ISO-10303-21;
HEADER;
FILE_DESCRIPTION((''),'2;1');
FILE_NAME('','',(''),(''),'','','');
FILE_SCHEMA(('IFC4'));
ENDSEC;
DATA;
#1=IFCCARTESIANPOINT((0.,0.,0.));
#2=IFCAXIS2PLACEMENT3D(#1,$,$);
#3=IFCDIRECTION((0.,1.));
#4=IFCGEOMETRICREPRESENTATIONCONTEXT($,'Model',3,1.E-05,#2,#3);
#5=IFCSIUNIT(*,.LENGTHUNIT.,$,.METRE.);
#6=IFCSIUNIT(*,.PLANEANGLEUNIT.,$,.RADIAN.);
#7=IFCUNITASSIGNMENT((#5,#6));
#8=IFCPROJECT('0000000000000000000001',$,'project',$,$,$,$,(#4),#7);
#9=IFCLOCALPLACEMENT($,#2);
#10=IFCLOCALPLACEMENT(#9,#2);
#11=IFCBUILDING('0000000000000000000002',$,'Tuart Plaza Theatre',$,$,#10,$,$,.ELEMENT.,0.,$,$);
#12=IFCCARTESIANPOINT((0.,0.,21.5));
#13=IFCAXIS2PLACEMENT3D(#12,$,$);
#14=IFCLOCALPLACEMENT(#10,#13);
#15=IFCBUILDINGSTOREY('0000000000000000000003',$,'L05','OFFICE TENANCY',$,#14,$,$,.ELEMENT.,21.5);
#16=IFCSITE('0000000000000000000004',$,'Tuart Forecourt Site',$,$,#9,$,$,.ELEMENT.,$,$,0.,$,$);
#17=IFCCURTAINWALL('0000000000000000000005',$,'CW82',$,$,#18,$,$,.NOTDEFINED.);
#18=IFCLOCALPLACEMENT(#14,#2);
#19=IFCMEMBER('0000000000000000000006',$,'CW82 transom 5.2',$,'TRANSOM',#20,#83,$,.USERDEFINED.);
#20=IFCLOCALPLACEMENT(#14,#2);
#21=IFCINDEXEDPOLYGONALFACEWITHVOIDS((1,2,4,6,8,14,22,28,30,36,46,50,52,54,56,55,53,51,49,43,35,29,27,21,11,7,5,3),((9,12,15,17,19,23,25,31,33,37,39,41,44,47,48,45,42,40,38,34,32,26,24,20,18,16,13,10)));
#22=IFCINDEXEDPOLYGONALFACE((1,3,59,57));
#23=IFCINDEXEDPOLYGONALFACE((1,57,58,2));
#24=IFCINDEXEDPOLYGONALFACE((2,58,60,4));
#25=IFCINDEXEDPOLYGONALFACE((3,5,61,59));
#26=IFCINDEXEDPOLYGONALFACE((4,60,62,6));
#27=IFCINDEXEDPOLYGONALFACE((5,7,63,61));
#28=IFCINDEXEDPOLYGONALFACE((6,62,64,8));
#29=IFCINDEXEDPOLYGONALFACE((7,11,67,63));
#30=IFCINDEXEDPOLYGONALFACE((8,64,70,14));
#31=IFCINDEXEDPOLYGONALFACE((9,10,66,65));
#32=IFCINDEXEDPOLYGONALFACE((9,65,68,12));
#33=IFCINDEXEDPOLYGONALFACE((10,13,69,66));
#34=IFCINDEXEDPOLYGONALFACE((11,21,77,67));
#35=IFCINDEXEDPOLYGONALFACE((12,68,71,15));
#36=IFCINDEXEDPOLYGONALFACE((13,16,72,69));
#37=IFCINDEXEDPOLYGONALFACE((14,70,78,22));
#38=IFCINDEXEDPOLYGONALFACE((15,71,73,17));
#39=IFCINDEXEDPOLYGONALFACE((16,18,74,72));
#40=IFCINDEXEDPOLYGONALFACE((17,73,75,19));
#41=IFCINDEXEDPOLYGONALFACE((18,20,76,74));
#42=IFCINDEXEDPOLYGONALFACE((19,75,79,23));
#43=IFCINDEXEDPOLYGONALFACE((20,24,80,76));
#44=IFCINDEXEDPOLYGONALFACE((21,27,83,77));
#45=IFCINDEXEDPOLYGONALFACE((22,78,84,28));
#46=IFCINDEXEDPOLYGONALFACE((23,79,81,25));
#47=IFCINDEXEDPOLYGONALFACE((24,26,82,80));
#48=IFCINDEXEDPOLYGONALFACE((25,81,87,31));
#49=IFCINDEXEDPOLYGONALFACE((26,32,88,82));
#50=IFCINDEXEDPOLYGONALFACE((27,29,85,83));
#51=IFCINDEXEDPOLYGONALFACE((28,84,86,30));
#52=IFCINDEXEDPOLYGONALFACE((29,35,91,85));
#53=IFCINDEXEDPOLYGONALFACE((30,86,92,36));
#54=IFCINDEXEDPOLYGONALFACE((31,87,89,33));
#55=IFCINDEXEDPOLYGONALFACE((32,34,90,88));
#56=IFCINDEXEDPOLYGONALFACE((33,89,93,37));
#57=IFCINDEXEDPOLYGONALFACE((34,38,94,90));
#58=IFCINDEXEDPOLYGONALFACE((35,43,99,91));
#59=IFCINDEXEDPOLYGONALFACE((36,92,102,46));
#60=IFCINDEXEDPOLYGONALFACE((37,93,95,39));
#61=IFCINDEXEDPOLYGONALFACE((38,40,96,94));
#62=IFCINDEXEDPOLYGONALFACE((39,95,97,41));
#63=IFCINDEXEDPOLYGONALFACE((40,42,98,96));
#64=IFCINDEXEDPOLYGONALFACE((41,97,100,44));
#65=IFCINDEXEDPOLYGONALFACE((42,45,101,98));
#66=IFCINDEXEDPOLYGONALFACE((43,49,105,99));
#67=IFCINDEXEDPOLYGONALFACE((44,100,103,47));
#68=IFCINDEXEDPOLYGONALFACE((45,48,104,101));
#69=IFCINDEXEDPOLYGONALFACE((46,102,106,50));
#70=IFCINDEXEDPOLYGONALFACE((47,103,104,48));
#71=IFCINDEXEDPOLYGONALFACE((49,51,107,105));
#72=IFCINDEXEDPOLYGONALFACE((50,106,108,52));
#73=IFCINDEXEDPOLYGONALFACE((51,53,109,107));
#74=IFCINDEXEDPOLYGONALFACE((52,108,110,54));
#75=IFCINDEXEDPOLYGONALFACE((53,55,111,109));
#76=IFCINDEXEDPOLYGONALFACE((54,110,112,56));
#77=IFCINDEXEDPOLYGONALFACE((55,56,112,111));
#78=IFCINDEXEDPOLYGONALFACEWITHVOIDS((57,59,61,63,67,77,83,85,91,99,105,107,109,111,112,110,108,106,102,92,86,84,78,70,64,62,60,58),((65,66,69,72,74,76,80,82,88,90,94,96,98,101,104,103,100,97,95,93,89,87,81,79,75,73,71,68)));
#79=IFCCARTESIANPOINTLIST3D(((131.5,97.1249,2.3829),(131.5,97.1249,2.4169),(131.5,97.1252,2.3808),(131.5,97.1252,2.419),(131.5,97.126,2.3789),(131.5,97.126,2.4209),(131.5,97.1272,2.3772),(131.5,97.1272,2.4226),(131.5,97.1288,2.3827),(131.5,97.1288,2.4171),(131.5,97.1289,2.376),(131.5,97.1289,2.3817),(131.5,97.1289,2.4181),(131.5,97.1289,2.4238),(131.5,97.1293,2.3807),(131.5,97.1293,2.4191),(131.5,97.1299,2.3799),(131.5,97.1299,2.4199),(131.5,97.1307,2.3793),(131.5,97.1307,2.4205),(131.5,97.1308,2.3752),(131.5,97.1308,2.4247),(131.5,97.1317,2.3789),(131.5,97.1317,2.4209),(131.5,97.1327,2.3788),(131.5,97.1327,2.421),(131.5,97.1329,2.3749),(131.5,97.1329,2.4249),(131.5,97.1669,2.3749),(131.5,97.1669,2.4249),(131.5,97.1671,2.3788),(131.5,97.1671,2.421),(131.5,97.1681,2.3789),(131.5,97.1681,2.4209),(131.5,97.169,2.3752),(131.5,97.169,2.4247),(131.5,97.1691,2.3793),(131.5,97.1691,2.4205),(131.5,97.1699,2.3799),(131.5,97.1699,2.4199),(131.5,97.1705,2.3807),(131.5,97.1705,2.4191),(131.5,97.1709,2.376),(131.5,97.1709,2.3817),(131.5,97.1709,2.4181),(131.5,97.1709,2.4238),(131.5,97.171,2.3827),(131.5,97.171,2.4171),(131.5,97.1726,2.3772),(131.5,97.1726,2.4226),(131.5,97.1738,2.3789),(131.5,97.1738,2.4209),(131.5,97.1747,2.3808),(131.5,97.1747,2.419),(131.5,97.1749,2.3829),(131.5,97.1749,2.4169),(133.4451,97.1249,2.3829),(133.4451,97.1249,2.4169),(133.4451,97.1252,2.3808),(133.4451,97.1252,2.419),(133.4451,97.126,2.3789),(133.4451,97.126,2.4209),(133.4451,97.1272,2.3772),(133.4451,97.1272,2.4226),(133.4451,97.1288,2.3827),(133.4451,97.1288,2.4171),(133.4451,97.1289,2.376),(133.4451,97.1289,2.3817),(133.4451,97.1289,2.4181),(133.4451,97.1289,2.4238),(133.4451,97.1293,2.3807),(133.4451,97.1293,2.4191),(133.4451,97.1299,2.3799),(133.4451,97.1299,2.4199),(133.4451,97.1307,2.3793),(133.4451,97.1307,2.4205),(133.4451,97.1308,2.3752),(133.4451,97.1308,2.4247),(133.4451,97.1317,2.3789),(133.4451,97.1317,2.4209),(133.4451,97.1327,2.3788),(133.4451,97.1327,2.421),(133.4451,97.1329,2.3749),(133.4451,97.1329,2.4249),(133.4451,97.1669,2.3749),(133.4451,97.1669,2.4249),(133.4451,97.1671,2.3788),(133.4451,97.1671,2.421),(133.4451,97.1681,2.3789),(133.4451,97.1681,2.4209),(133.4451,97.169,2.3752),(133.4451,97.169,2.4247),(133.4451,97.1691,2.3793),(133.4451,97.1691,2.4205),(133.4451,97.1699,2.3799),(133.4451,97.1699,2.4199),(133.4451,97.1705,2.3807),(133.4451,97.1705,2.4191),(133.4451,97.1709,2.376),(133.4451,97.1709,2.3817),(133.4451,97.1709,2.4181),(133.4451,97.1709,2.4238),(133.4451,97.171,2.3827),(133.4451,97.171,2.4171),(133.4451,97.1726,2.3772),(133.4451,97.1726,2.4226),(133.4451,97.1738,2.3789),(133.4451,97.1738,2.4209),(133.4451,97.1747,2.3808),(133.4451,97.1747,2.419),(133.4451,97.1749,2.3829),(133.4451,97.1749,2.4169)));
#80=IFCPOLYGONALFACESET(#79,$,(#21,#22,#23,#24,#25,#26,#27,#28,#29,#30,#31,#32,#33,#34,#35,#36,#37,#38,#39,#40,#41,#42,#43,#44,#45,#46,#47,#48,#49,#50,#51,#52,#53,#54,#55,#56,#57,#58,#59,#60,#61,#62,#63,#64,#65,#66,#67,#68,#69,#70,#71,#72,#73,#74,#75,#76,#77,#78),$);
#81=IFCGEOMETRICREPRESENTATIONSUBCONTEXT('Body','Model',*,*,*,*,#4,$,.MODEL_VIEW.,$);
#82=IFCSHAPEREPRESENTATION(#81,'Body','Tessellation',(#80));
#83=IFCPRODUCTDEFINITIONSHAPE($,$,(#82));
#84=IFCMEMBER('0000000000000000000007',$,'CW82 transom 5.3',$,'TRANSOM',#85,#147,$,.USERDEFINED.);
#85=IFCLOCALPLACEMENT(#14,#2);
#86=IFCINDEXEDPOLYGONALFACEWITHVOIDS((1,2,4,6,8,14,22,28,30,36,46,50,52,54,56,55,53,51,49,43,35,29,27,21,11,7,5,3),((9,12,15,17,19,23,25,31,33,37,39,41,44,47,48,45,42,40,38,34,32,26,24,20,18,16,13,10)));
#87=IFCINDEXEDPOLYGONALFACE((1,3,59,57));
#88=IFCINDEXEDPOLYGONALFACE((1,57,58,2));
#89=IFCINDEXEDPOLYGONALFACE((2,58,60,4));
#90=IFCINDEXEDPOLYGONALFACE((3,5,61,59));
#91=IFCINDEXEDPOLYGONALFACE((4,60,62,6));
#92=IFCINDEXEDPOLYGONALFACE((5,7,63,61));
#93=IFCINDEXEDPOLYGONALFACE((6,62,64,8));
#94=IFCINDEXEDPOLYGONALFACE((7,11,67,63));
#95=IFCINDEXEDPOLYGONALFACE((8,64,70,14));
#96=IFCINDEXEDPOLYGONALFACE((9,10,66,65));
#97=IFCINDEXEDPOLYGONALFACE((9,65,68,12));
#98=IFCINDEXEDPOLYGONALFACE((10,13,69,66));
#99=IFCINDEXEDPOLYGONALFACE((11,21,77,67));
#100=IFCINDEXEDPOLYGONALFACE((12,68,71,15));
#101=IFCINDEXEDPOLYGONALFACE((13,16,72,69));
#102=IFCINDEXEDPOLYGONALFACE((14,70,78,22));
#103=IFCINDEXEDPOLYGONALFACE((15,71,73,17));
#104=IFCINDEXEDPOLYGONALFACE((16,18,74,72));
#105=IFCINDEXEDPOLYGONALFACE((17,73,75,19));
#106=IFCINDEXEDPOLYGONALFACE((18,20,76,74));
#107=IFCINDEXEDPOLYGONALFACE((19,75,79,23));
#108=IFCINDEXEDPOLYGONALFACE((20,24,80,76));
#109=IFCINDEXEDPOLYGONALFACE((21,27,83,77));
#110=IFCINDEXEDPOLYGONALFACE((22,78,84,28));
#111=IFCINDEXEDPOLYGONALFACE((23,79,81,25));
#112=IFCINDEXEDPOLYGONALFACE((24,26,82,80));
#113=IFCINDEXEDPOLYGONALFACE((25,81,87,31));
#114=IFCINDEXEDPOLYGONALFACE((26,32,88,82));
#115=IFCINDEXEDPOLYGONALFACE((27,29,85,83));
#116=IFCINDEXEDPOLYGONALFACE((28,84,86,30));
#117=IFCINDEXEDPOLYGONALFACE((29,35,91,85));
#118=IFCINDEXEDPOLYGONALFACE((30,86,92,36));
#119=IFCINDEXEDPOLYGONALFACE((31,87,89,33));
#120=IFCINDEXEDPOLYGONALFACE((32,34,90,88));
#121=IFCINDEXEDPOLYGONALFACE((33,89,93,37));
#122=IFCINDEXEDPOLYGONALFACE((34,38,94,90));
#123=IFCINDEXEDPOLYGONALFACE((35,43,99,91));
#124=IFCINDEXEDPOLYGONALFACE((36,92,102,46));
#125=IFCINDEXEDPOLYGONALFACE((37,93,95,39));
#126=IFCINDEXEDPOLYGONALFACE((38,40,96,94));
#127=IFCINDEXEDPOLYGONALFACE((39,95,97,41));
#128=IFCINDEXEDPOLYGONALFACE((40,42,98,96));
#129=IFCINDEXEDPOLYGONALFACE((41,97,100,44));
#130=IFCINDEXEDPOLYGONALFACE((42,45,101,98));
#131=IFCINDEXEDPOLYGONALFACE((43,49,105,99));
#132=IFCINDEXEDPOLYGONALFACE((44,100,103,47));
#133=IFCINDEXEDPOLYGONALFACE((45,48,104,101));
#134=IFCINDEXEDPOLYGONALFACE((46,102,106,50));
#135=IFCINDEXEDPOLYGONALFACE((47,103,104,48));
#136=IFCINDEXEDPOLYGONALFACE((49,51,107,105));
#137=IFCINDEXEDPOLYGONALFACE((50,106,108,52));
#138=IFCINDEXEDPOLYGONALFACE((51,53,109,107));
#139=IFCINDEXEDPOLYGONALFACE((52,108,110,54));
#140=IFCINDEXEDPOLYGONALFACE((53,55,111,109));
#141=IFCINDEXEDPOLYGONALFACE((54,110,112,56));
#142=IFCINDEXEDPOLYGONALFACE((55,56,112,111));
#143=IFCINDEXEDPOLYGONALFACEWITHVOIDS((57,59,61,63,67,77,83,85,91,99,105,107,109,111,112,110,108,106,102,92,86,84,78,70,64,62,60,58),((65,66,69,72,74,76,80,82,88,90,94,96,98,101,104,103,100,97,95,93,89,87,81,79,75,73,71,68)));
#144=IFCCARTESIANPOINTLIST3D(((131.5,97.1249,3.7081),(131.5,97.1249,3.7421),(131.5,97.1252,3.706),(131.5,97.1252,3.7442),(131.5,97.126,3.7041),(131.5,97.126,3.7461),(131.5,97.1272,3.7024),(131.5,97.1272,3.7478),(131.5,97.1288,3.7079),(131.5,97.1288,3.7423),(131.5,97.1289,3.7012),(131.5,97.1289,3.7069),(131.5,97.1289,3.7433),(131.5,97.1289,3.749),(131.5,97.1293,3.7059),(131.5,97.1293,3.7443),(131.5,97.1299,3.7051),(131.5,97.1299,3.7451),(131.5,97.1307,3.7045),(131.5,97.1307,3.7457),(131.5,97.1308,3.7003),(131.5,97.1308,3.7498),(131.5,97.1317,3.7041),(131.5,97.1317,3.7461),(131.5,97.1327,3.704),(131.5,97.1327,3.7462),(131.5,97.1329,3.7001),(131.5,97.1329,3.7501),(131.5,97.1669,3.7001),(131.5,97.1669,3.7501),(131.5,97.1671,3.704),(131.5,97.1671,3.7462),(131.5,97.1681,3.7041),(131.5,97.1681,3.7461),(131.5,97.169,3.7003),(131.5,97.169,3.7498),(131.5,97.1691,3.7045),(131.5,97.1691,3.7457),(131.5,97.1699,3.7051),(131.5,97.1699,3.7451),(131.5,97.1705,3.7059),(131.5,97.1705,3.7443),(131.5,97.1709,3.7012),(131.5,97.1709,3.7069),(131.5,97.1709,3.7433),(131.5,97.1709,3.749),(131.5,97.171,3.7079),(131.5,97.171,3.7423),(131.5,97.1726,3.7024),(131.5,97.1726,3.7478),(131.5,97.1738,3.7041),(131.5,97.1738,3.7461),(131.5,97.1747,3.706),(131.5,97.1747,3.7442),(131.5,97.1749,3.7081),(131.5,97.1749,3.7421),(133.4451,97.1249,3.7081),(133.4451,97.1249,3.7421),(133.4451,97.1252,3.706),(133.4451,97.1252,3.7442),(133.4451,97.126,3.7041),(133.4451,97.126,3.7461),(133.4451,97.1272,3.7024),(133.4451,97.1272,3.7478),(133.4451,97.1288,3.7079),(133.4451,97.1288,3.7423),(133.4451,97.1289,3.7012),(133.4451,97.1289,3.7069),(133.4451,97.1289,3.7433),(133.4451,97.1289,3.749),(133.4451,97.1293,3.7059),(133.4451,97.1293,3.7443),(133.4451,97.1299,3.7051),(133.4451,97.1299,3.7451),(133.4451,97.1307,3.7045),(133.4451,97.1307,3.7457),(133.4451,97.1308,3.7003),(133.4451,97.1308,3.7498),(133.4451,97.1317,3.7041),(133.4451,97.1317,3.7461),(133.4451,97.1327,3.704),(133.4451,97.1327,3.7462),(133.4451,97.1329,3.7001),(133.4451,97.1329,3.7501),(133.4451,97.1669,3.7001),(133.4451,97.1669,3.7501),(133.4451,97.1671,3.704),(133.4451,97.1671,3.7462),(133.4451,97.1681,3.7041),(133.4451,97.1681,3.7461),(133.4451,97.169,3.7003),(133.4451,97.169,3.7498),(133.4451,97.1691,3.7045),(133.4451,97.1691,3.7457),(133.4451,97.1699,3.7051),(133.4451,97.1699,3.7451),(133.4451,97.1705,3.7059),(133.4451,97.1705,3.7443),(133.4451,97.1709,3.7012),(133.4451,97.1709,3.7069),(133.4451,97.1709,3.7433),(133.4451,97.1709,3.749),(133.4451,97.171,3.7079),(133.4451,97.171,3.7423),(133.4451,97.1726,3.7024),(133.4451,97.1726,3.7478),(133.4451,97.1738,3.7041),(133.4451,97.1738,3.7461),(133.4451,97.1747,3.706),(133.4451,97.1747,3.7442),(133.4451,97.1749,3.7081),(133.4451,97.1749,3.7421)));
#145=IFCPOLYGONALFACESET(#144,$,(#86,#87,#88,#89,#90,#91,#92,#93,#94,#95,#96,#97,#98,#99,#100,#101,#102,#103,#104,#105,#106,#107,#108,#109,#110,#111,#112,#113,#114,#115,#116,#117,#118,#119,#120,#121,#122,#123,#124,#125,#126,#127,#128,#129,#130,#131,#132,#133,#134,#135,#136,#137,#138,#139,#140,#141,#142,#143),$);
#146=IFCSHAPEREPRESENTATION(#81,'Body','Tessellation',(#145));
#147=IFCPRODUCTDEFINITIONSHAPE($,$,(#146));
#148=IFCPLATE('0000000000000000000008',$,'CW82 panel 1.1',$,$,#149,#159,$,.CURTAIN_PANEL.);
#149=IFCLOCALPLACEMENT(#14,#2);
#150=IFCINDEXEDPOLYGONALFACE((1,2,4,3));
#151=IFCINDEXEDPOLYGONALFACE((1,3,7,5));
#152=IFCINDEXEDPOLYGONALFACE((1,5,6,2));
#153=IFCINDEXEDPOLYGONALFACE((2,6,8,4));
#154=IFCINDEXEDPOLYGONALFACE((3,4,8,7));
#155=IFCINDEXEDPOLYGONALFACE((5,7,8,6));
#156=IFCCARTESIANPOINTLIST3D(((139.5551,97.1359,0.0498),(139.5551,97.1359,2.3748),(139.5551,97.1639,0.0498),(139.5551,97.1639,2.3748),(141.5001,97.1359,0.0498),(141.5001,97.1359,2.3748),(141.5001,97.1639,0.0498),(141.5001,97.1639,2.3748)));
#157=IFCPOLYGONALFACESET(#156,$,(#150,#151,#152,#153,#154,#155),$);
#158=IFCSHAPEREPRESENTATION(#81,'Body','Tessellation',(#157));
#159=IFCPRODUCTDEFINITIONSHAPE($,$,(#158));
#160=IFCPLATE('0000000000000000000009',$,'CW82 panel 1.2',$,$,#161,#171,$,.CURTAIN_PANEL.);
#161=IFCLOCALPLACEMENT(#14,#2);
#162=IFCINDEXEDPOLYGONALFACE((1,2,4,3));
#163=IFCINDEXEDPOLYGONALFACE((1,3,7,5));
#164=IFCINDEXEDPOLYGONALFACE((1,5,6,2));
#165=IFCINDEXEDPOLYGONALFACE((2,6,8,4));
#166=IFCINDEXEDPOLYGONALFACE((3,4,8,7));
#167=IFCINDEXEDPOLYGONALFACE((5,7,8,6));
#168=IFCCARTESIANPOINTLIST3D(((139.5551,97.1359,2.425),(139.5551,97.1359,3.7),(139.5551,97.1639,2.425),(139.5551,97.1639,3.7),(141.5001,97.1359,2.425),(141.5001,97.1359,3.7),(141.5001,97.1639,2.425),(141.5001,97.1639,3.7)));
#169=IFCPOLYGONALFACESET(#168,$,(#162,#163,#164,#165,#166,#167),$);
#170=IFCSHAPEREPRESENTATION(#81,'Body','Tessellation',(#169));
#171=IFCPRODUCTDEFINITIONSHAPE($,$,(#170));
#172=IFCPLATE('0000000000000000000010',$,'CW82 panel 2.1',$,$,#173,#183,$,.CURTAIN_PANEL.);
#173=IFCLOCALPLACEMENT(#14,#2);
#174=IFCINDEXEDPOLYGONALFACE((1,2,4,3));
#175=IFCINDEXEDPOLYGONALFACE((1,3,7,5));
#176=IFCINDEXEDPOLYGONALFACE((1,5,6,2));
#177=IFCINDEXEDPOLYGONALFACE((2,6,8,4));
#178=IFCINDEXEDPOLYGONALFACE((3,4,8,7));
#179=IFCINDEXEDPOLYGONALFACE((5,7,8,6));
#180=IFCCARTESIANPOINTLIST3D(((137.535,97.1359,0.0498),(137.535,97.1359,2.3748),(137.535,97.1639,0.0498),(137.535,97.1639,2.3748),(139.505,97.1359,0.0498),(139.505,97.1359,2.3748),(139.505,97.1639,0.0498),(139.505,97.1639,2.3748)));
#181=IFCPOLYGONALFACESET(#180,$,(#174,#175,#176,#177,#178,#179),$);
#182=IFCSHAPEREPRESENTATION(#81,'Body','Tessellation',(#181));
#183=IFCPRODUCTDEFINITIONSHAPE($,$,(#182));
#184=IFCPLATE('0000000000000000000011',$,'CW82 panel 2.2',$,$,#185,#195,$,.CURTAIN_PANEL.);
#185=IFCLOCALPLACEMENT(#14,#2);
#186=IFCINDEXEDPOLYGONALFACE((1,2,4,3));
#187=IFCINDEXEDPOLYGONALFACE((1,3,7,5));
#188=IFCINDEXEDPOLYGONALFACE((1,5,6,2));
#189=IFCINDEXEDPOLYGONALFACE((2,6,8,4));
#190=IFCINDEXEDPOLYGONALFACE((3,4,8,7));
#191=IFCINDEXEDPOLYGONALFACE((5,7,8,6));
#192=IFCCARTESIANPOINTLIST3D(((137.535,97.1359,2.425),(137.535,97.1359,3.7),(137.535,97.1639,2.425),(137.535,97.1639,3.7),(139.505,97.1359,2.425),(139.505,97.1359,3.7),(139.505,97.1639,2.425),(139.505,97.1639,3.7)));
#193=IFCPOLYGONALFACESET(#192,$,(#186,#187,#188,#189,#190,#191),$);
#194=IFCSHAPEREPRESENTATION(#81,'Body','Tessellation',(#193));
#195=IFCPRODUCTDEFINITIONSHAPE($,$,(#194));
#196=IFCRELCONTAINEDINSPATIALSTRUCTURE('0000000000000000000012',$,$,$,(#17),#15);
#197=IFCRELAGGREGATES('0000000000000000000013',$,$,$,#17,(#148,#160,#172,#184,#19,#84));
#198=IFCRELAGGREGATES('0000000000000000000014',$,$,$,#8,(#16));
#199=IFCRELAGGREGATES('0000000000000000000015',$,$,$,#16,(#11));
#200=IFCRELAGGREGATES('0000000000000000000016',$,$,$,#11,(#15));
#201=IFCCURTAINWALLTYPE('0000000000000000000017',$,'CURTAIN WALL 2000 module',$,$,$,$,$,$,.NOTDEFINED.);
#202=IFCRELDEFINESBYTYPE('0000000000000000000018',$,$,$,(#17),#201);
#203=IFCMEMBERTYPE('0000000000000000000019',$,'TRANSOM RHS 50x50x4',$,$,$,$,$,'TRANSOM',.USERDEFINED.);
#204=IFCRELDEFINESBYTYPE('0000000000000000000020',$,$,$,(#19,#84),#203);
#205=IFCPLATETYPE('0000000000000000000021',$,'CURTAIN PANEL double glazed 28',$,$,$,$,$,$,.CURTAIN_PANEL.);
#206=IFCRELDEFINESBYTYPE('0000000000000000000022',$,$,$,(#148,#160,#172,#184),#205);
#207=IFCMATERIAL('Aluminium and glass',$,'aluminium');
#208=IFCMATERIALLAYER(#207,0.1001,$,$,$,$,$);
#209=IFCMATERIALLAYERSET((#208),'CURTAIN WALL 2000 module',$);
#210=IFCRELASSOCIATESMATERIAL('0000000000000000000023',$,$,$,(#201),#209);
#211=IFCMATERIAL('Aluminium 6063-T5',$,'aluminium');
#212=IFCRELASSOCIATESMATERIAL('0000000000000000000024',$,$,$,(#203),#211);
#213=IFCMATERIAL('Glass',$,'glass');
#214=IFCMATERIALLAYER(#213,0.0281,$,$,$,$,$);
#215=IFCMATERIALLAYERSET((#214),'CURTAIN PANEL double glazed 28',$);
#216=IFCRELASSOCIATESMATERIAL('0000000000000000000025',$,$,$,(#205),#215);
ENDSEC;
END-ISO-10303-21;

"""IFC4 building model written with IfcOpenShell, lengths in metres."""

from ifc_helpers import new_model, si_unit, direction, frame, origin, origin_2d, place, context, subcontext, project, spatial, rectangle, hollow_rectangle, extrude, material, layer, layer_set, material_profile, profile_set, type_object, element, aggregate, save


model = new_model("IFC4")

# Units and contexts
model_context = context("Model", 3, precision=1e-05, world=origin(), true_north=direction((0.0, 1.0)))
body_context = subcontext(model_context, "Body", "Model", "MODEL_VIEW")
ifc_project = project(units=[si_unit("LENGTHUNIT", "METRE"), si_unit("PLANEANGLEUNIT", "RADIAN")], contexts=[model_context])

# Site, building, storey
site_placement = place(None, origin())
site = spatial("IfcSite", under=ifc_project, at=site_placement, Name="Tuart Forecourt Site", CompositionType="ELEMENT", RefElevation=0.0)
building_placement = place(site_placement, origin())
building = spatial("IfcBuilding", under=site, at=building_placement, Name="Tuart Plaza Theatre", CompositionType="ELEMENT", ElevationOfRefHeight=0.0)
storey_placement = place(building_placement, frame((0.0, 0.0, 21.5)))
storey = spatial("IfcBuildingStorey", under=building, at=storey_placement, Name="L05", Description="OFFICE TENANCY", CompositionType="ELEMENT", Elevation=21.5)

# Curtain wall
ifc_material_1 = material(Name="Aluminium and glass", Category="aluminium")
ifc_layer_1 = layer(ifc_material_1, 0.1001)
ifc_layer_set_1 = layer_set([ifc_layer_1], Name="CURTAIN WALL 2000 module")
curtain_wall_type = type_object("IfcCurtainWallType", Name="CURTAIN WALL 2000 module", PredefinedType="NOTDEFINED", material=ifc_layer_set_1)
curtain_wall_1_placement = place(storey_placement, origin())
curtain_wall_1 = element("IfcCurtainWall", 1, at=curtain_wall_1_placement, inside=storey, type_object=curtain_wall_type, Name="CW82", PredefinedType="NOTDEFINED")

# Members
ifc_material_2 = material(Name="Aluminium 6063-T5", Category="aluminium")
ifc_material_profile_1 = material_profile(ifc_material_2, hollow_rectangle(XDim=0.05, YDim=0.05, WallThickness=0.0039, InnerFilletRadius=0.0039, OuterFilletRadius=0.0081, at=origin_2d()), Name="RHS 50x50x4")
ifc_profile_set_1 = profile_set([ifc_material_profile_1], Name="Aluminium 6063-T5")
member_type_1 = type_object("IfcMemberType", Name="TRANSOM RHS 50x50x4", ElementType="TRANSOM", PredefinedType="USERDEFINED", material=ifc_profile_set_1)
member_1_placement = place(storey_placement, frame((133.4451, 97.1499, 2.3999), z_axis=(-1.0, 0.0, 0.0), x_axis=(0.0, -1.0, 0.0)))
member_1 = element("IfcMember", 2, at=member_1_placement, type_object=member_type_1, Name="CW82 transom 5.2", ObjectType="TRANSOM", PredefinedType="USERDEFINED", context=body_context, shape_type="SweptSolid", body=[
    extrude(hollow_rectangle(XDim=0.05, YDim=0.05, WallThickness=0.0039, InnerFilletRadius=0.0039, OuterFilletRadius=0.0081, at=origin_2d()), origin(), (0.0, 0.0, 1.0), 1.9451),
])
member_2_placement = place(storey_placement, frame((133.4451, 97.1499, 3.7251), z_axis=(-1.0, 0.0, 0.0), x_axis=(0.0, -1.0, 0.0)))
member_2 = element("IfcMember", 3, at=member_2_placement, type_object=member_type_1, Name="CW82 transom 5.3", ObjectType="TRANSOM", PredefinedType="USERDEFINED", context=body_context, shape_type="SweptSolid", body=[
    extrude(hollow_rectangle(XDim=0.05, YDim=0.05, WallThickness=0.0039, InnerFilletRadius=0.0039, OuterFilletRadius=0.0081, at=origin_2d()), origin(), (0.0, 0.0, 1.0), 1.9451),
])

# Plates
ifc_material_3 = material(Name="Glass", Category="glass")
ifc_layer_2 = layer(ifc_material_3, 0.0281)
ifc_layer_set_2 = layer_set([ifc_layer_2], Name="CURTAIN PANEL double glazed 28")
plate_type = type_object("IfcPlateType", Name="CURTAIN PANEL double glazed 28", PredefinedType="CURTAIN_PANEL", material=ifc_layer_set_2)
plate_1_placement = place(storey_placement, frame((140.5276, 97.1499, 0.0498), z_axis=(0.0, 0.0, 1.0), x_axis=(-1.0, 0.0, 0.0)))
plate_1 = element("IfcPlate", 4, at=plate_1_placement, type_object=plate_type, Name="CW82 panel 1.1", PredefinedType="CURTAIN_PANEL", context=body_context, shape_type="SweptSolid", body=[
    extrude(rectangle(XDim=1.9451, YDim=0.0281, at=origin_2d()), origin(), (0.0, 0.0, 1.0), 2.325),
])
plate_2_placement = place(storey_placement, frame((140.5276, 97.1499, 2.425), z_axis=(0.0, 0.0, 1.0), x_axis=(-1.0, 0.0, 0.0)))
plate_2 = element("IfcPlate", 5, at=plate_2_placement, type_object=plate_type, Name="CW82 panel 1.2", PredefinedType="CURTAIN_PANEL", context=body_context, shape_type="SweptSolid", body=[
    extrude(rectangle(XDim=1.9451, YDim=0.0281, at=origin_2d()), origin(), (0.0, 0.0, 1.0), 1.2749),
])
plate_3_placement = place(storey_placement, frame((138.52, 97.1499, 0.0498), z_axis=(0.0, 0.0, 1.0), x_axis=(-1.0, 0.0, 0.0)))
plate_3 = element("IfcPlate", 6, at=plate_3_placement, type_object=plate_type, Name="CW82 panel 2.1", PredefinedType="CURTAIN_PANEL", context=body_context, shape_type="SweptSolid", body=[
    extrude(rectangle(XDim=1.97, YDim=0.0281, at=origin_2d()), origin(), (0.0, 0.0, 1.0), 2.325),
])
plate_4_placement = place(storey_placement, frame((138.52, 97.1499, 2.425), z_axis=(0.0, 0.0, 1.0), x_axis=(-1.0, 0.0, 0.0)))
plate_4 = element("IfcPlate", 7, at=plate_4_placement, type_object=plate_type, Name="CW82 panel 2.2", PredefinedType="CURTAIN_PANEL", context=body_context, shape_type="SweptSolid", body=[
    extrude(rectangle(XDim=1.97, YDim=0.0281, at=origin_2d()), origin(), (0.0, 0.0, 1.0), 1.2749),
])
aggregate(curtain_wall_1, [plate_1, plate_2, plate_3, plate_4, member_1, member_2])

save(model, "model.ifc")
